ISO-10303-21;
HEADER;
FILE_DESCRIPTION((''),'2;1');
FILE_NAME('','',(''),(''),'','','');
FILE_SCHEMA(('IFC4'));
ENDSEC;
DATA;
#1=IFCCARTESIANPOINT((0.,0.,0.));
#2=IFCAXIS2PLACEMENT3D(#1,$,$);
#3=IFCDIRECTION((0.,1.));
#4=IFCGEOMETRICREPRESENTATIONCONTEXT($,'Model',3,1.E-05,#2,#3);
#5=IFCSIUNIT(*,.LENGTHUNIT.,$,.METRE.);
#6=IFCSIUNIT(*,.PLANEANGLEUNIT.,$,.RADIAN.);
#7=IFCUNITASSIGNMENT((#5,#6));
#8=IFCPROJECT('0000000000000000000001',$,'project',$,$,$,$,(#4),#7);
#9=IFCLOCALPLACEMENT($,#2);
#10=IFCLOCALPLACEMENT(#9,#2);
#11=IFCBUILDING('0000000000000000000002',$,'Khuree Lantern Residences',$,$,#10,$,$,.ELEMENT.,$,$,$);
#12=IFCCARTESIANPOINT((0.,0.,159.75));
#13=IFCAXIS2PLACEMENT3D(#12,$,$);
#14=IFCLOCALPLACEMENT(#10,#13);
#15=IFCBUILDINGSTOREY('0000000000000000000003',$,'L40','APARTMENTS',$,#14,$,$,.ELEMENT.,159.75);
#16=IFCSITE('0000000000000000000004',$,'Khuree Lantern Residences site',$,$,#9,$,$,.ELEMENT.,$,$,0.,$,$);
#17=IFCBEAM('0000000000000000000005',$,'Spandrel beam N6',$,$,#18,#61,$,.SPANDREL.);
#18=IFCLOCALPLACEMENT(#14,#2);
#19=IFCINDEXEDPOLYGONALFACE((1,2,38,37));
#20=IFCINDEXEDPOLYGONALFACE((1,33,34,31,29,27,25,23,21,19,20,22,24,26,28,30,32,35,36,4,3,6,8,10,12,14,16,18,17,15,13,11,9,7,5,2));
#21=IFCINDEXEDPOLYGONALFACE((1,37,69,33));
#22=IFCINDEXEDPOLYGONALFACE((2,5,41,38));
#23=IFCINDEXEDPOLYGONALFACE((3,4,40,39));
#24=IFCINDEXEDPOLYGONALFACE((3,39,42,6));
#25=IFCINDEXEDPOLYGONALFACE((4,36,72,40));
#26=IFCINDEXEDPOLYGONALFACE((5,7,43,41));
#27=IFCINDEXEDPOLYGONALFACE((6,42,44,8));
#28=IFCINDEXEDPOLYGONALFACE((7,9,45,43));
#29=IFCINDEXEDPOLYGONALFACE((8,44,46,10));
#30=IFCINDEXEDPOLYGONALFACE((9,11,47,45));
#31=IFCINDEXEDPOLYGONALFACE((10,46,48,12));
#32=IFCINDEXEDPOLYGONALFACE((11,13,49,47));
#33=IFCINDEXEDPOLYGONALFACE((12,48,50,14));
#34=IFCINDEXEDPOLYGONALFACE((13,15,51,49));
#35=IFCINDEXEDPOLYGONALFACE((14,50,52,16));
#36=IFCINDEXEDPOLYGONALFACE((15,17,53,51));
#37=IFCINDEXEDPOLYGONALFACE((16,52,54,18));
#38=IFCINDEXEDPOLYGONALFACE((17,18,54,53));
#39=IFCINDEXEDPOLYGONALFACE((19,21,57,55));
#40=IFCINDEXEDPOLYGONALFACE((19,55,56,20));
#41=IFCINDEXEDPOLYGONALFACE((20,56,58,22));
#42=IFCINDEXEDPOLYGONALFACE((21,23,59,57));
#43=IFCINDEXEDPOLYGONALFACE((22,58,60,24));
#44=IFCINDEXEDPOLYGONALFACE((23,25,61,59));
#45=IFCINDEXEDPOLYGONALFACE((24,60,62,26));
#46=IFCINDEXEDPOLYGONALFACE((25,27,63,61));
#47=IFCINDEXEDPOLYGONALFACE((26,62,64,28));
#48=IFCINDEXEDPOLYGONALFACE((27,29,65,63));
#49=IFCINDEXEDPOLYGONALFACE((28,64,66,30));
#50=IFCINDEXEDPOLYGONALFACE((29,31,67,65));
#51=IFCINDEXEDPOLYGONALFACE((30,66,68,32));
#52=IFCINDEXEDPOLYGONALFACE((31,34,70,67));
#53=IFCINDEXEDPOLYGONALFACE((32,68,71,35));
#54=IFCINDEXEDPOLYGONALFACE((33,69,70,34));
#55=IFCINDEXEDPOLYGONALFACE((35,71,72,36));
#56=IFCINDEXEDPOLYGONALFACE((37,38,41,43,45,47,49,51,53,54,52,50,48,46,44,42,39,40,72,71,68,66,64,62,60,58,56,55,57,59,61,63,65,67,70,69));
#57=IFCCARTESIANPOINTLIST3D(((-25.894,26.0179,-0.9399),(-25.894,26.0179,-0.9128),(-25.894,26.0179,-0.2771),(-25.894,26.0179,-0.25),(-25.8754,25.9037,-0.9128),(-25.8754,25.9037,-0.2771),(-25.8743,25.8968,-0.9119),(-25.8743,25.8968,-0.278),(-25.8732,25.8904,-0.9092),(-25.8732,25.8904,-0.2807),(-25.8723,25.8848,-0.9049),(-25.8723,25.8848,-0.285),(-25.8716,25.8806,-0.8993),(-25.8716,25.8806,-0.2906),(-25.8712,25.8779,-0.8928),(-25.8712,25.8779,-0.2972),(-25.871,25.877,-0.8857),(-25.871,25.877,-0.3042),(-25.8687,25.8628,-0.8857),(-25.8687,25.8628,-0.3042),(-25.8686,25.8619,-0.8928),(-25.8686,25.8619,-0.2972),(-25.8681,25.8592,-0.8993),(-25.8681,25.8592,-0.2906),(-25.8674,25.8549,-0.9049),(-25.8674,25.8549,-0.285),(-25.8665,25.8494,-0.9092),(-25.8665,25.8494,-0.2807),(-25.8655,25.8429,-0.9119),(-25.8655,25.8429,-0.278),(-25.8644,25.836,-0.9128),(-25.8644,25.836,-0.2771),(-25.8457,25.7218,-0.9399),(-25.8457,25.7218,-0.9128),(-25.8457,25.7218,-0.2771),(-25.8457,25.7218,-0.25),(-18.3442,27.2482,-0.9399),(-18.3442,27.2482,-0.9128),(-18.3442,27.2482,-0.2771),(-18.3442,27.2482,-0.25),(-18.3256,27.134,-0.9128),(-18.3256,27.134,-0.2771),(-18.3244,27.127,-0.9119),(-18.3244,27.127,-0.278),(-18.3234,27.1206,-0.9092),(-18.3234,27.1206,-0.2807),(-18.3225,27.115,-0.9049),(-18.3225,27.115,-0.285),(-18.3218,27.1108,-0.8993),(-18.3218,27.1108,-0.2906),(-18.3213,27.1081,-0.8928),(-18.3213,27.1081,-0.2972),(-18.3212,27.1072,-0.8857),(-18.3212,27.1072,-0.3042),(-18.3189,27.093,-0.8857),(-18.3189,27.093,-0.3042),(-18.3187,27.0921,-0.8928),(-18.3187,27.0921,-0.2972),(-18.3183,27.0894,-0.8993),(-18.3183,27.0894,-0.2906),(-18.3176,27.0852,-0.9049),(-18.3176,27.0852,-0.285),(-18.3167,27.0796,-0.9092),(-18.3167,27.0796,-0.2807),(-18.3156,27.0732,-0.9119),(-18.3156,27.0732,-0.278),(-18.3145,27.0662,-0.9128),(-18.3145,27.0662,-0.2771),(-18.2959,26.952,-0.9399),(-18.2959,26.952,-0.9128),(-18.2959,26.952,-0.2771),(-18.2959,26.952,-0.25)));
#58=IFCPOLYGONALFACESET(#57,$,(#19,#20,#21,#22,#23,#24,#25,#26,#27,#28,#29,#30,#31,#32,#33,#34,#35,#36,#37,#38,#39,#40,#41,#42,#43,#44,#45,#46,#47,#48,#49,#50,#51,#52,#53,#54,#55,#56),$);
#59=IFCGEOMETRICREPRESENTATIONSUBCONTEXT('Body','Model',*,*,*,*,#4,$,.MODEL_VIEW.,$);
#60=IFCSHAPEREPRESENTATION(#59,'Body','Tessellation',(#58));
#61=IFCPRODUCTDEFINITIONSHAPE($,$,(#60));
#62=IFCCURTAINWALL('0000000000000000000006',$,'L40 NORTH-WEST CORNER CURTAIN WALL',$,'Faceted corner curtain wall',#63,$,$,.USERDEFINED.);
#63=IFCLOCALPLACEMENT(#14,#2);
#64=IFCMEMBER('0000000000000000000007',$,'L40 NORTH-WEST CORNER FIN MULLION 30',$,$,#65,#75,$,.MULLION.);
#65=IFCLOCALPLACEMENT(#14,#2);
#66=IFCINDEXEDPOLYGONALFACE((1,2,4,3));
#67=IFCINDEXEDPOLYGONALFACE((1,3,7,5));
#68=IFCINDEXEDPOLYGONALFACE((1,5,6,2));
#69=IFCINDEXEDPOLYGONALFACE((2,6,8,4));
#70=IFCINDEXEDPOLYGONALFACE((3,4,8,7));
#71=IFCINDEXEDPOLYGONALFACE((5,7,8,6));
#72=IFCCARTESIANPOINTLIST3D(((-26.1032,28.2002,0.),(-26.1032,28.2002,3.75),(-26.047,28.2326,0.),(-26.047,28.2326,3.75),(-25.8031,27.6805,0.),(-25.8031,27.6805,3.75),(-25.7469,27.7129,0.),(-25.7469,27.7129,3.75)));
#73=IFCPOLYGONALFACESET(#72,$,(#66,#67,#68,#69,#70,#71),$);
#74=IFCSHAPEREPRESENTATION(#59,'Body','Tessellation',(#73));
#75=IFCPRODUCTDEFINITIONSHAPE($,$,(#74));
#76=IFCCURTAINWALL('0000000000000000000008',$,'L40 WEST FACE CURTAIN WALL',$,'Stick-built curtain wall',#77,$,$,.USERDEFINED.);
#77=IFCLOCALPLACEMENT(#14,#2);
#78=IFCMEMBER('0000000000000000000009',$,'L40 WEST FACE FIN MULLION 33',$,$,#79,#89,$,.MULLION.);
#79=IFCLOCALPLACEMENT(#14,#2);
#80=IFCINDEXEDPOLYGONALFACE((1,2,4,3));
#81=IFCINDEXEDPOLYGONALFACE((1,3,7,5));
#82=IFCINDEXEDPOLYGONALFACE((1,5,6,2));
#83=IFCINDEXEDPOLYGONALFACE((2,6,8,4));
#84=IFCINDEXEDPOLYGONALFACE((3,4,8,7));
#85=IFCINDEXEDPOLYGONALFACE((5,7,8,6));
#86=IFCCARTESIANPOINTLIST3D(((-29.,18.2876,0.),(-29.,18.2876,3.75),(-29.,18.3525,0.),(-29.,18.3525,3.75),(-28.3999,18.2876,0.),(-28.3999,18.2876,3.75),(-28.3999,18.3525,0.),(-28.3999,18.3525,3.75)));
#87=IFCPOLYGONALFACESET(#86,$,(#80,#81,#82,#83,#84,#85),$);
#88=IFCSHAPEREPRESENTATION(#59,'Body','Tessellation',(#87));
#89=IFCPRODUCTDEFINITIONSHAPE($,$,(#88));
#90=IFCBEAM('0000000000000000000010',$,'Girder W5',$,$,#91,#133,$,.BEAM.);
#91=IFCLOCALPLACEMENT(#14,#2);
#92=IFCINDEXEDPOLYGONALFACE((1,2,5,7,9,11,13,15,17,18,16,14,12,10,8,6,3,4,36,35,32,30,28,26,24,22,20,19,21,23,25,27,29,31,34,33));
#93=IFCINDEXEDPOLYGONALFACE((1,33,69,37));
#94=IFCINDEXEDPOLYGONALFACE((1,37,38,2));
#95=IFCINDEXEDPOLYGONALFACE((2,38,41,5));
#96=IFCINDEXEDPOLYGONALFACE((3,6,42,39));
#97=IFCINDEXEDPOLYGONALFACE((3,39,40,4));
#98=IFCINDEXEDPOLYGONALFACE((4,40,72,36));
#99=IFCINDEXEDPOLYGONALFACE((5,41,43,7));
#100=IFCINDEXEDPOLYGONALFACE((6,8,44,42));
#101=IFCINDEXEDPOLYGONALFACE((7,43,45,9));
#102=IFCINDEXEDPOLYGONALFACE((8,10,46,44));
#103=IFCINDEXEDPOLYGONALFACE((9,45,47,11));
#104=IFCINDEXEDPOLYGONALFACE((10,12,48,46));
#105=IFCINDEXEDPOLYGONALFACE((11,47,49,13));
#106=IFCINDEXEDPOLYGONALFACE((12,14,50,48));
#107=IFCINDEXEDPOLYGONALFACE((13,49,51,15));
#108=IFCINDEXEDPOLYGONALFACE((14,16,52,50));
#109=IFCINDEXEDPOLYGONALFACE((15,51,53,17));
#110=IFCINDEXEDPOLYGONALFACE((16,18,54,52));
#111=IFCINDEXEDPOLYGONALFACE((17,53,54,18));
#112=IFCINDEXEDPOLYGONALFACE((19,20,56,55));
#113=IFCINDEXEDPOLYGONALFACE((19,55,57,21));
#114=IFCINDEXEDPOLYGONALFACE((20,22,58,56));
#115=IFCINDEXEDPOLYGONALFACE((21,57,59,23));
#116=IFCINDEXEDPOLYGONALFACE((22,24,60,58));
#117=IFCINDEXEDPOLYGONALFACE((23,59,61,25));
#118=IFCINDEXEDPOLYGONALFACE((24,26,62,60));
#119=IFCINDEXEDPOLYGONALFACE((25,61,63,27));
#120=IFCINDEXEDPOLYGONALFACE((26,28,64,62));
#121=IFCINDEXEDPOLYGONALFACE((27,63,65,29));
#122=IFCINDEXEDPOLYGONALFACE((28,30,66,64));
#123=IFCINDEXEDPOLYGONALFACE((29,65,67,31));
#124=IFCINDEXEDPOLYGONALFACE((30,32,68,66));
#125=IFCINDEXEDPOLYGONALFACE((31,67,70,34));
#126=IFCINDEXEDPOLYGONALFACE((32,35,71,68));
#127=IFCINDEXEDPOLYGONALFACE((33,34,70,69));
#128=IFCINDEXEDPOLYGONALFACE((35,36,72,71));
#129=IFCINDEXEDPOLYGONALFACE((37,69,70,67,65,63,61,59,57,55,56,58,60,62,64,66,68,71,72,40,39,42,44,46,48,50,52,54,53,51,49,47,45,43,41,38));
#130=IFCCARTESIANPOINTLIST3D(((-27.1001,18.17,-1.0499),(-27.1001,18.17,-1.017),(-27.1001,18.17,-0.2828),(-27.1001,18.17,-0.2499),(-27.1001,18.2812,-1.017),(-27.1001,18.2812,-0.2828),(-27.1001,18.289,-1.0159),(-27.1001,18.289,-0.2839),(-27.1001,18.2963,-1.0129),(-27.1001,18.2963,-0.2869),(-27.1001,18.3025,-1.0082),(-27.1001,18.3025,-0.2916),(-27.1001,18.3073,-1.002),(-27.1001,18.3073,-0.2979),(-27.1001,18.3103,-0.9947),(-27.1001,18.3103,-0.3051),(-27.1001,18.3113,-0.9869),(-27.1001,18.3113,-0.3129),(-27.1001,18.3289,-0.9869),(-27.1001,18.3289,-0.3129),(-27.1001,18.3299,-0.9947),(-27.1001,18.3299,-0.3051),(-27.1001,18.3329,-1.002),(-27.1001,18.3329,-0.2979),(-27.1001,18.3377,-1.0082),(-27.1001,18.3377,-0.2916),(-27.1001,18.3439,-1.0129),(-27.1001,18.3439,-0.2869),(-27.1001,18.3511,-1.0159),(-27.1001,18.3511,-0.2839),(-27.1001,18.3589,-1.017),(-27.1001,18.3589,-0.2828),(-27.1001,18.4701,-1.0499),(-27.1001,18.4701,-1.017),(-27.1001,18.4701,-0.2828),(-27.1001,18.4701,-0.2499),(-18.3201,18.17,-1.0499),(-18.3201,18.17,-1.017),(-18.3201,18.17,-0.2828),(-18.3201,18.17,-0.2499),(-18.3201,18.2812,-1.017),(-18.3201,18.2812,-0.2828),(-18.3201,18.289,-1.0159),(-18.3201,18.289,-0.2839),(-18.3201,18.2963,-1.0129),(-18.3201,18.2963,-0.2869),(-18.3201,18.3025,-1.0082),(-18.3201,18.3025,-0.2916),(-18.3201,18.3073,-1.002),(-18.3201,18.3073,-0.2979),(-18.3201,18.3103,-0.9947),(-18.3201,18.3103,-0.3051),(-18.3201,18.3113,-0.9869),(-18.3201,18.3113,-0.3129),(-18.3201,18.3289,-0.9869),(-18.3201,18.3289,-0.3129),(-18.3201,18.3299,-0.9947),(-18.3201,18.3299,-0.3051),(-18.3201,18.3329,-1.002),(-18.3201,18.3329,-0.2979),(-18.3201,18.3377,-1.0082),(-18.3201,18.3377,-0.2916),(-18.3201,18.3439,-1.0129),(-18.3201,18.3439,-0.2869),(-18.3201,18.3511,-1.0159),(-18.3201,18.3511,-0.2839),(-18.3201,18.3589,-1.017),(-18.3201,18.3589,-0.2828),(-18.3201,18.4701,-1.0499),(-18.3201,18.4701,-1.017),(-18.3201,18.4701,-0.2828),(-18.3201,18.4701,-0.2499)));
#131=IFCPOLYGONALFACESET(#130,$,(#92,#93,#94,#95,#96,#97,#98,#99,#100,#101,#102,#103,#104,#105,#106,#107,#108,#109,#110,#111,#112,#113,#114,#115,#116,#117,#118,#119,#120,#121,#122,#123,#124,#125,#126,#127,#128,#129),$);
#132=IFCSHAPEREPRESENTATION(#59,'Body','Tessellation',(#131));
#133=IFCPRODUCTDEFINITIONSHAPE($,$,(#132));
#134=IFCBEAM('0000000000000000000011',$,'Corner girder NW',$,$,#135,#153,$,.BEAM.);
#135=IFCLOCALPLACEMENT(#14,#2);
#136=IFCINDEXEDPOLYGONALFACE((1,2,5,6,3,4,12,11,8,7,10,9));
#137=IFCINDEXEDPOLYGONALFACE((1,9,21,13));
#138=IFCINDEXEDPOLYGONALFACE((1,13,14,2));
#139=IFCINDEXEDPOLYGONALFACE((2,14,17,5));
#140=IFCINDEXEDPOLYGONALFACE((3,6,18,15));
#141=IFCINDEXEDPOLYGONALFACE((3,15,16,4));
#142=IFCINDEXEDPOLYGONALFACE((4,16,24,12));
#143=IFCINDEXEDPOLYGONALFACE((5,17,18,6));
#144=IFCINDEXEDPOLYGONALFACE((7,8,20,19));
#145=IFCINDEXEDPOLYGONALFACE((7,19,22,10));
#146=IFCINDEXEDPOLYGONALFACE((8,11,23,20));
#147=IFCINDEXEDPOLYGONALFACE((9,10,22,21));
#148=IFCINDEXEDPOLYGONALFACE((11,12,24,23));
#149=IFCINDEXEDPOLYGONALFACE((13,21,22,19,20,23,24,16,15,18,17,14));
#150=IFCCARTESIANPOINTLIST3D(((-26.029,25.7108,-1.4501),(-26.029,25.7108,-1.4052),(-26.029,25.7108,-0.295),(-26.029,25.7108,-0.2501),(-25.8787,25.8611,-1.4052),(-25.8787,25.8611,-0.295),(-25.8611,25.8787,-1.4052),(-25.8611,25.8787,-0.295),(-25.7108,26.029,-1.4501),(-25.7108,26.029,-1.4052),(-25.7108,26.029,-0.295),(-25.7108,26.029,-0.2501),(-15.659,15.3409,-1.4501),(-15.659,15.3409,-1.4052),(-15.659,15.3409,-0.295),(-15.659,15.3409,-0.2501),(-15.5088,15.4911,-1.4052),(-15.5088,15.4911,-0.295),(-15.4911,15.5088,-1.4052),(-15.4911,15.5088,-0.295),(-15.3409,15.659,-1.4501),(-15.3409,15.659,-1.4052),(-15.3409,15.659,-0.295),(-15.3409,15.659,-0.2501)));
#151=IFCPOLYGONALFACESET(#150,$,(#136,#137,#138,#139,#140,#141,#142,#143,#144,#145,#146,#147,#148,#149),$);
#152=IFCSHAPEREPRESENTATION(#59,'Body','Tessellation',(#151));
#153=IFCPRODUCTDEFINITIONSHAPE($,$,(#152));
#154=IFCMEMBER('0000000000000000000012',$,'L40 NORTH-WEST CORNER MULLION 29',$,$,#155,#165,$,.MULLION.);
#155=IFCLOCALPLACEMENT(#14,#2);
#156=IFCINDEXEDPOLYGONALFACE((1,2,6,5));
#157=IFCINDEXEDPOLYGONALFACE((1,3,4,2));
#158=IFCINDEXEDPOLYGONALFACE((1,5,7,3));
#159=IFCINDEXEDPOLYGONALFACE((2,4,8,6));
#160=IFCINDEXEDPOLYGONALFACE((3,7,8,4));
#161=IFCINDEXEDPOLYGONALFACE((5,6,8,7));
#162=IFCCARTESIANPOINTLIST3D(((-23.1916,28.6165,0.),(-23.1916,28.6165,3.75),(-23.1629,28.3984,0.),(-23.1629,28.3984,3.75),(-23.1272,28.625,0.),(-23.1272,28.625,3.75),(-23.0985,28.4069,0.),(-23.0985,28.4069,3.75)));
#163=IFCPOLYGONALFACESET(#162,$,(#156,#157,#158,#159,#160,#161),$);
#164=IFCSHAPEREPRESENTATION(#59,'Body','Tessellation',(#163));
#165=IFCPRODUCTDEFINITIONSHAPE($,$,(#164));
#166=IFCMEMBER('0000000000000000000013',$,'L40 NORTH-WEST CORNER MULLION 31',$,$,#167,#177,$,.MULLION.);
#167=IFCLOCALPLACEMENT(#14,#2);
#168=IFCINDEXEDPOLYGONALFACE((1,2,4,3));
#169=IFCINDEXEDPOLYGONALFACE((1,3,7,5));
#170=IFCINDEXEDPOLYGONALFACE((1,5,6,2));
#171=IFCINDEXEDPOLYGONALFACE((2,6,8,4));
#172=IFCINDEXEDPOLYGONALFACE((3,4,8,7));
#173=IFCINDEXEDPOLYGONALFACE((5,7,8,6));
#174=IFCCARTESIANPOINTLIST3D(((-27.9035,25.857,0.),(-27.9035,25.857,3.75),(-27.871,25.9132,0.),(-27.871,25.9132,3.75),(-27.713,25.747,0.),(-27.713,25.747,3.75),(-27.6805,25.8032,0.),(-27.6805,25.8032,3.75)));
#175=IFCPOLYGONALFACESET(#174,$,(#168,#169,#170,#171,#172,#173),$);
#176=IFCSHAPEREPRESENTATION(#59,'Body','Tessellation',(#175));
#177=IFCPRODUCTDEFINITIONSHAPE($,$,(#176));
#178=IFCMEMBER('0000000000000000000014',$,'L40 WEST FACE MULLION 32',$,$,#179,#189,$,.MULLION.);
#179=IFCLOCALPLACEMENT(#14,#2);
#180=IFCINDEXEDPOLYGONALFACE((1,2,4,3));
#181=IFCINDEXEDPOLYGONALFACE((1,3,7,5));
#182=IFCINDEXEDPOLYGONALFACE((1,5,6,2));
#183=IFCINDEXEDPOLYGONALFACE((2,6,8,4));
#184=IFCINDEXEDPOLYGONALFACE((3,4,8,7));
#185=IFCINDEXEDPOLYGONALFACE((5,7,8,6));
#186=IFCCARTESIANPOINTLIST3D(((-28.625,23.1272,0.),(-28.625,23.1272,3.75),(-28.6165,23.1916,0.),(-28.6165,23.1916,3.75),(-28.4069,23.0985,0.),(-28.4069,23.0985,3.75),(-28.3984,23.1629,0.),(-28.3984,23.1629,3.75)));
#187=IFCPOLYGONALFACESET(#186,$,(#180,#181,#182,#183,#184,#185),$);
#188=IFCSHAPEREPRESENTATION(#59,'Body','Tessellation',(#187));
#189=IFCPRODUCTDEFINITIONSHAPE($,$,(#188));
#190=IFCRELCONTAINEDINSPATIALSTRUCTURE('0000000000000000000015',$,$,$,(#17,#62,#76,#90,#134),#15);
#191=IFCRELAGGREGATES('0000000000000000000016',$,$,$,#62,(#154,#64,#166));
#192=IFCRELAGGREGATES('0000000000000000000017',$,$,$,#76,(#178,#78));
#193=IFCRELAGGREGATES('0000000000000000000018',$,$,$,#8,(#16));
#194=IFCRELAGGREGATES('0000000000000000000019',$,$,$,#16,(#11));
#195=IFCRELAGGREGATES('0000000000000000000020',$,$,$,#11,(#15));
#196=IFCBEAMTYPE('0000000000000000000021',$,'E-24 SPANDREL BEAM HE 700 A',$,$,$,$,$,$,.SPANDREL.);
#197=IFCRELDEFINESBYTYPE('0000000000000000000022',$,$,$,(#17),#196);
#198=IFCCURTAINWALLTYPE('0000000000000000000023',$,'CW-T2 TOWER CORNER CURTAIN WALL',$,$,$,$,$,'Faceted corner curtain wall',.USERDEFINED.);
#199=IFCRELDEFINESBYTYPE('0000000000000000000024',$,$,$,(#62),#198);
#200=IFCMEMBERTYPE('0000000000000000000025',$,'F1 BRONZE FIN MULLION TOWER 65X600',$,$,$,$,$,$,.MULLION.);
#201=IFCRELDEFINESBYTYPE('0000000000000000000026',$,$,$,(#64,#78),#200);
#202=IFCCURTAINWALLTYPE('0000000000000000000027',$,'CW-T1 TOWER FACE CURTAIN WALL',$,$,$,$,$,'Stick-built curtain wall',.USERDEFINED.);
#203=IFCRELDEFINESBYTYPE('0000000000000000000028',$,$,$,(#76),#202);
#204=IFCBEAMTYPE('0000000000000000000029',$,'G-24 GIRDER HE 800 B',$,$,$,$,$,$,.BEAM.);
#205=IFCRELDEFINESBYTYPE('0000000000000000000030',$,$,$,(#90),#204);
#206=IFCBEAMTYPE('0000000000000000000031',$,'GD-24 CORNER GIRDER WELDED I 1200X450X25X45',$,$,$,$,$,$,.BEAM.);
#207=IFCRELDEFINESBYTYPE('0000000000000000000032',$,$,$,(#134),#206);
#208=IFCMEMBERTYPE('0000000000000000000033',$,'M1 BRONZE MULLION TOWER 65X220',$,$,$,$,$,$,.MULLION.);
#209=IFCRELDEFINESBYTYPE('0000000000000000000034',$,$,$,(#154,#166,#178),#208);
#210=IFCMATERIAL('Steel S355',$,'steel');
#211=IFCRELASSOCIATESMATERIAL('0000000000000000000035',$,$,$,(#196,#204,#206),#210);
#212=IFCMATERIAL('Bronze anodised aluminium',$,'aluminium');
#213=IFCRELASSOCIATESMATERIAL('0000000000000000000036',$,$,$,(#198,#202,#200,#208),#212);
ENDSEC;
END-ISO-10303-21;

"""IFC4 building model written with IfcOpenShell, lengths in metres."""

from ifc_helpers import new_model, si_unit, direction, frame, origin, origin_2d, place, context, subcontext, project, spatial, rectangle, i_section, extrude, material, material_profile, profile_set, type_object, element, aggregate, save


model = new_model("IFC4")

# Units and contexts
model_context = context("Model", 3, precision=1e-05, world=origin(), true_north=direction((0.0, 1.0)))
body_context = subcontext(model_context, "Body", "Model", "MODEL_VIEW")
ifc_project = project(units=[si_unit("LENGTHUNIT", "METRE"), si_unit("PLANEANGLEUNIT", "RADIAN")], contexts=[model_context])

# Site, building, storey
site_placement = place(None, origin())
site = spatial("IfcSite", under=ifc_project, at=site_placement, Name="Khuree Lantern Residences site", CompositionType="ELEMENT", RefElevation=0.0)
building_placement = place(site_placement, origin())
building = spatial("IfcBuilding", under=site, at=building_placement, Name="Khuree Lantern Residences", CompositionType="ELEMENT")
storey_placement = place(building_placement, frame((0.0, 0.0, 159.75)))
storey = spatial("IfcBuildingStorey", under=building, at=storey_placement, Name="L40", Description="APARTMENTS", CompositionType="ELEMENT", Elevation=159.75)

# Beam
ifc_material_1 = material(Name="Steel S355", Category="steel")
ifc_material_profile_1 = material_profile(ifc_material_1, i_section(OverallWidth=0.3, OverallDepth=0.6899, WebThickness=0.0144, FlangeThickness=0.0271, FilletRadius=0.0271, at=origin_2d()), Name="HE 700 A")
ifc_profile_set_1 = profile_set([ifc_material_profile_1], Name="Steel S355")
beam_type_1 = type_object("IfcBeamType", Name="E-24 SPANDREL BEAM HE 700 A", PredefinedType="SPANDREL", material=ifc_profile_set_1)
for number, where, z_axis, x_axis, name in (
    (1, (-25.8699, 25.8699, -0.595), (0.986983, 0.160827, 0.0), (-0.160827, 0.986983, 0.0), "Spandrel beam N6"),
):
    element("IfcBeam", number, at=place(storey_placement, frame(where, z_axis=z_axis, x_axis=x_axis)), inside=storey, type_object=beam_type_1, Name=name, PredefinedType="SPANDREL", context=body_context, shape_type="SweptSolid", body=[
        extrude(i_section(OverallWidth=0.3, OverallDepth=0.6899, WebThickness=0.0144, FlangeThickness=0.0271, FilletRadius=0.0271, at=origin_2d()), origin(), (0.0, 0.0, 1.0), 7.6494),
    ])

# Curtain walls, members
ifc_material_2 = material(Name="Bronze anodised aluminium", Category="aluminium")
curtain_wall_type_1 = type_object("IfcCurtainWallType", Name="CW-T2 TOWER CORNER CURTAIN WALL", ElementType="Faceted corner curtain wall", PredefinedType="USERDEFINED", material=ifc_material_2)
curtain_wall_1_placement = place(storey_placement, origin())
curtain_wall_1 = element("IfcCurtainWall", 2, at=curtain_wall_1_placement, inside=storey, type_object=curtain_wall_type_1, Name="L40 NORTH-WEST CORNER CURTAIN WALL", ObjectType="Faceted corner curtain wall", PredefinedType="USERDEFINED")
ifc_material_profile_2 = material_profile(ifc_material_2, rectangle(XDim=0.0649, YDim=0.6001, at=origin_2d()), Name="F1 65X600")
ifc_profile_set_2 = profile_set([ifc_material_profile_2], Name="Bronze anodised aluminium")
member_type_1 = type_object("IfcMemberType", Name="F1 BRONZE FIN MULLION TOWER 65X600", PredefinedType="MULLION", material=ifc_profile_set_2)
member_1_placement = place(storey_placement, frame((-25.925, 27.9565, 0.0), z_axis=(0.0, 0.0, 1.0), x_axis=(-0.866025, -0.5, 0.0)))
member_1 = element("IfcMember", 3, at=member_1_placement, type_object=member_type_1, Name="L40 NORTH-WEST CORNER FIN MULLION 30", PredefinedType="MULLION", context=body_context, shape_type="SweptSolid", body=[
    extrude(rectangle(XDim=0.0649, YDim=0.6001, at=origin_2d()), origin(), (0.0, 0.0, 1.0), 3.75),
])
curtain_wall_type_2 = type_object("IfcCurtainWallType", Name="CW-T1 TOWER FACE CURTAIN WALL", ElementType="Stick-built curtain wall", PredefinedType="USERDEFINED", material=ifc_material_2)
curtain_wall_2_placement = place(storey_placement, origin())
curtain_wall_2 = element("IfcCurtainWall", 4, at=curtain_wall_2_placement, inside=storey, type_object=curtain_wall_type_2, Name="L40 WEST FACE CURTAIN WALL", ObjectType="Stick-built curtain wall", PredefinedType="USERDEFINED")
member_2_placement = place(storey_placement, frame((-28.7, 18.3201, 0.0), z_axis=(0.0, 0.0, 1.0), x_axis=(0.0, -1.0, 0.0)))
member_2 = element("IfcMember", 5, at=member_2_placement, type_object=member_type_1, Name="L40 WEST FACE FIN MULLION 33", PredefinedType="MULLION", context=body_context, shape_type="SweptSolid", body=[
    extrude(rectangle(XDim=0.0649, YDim=0.6001, at=origin_2d()), origin(), (0.0, 0.0, 1.0), 3.75),
])

# Beams
ifc_material_profile_3 = material_profile(ifc_material_1, i_section(OverallWidth=0.3, OverallDepth=0.8, WebThickness=0.0176, FlangeThickness=0.033, FilletRadius=0.03, at=origin_2d()), Name="HE 800 B")
ifc_profile_set_3 = profile_set([ifc_material_profile_3], Name="Steel S355")
beam_type_2 = type_object("IfcBeamType", Name="G-24 GIRDER HE 800 B", PredefinedType="BEAM", material=ifc_profile_set_3)
beam_1_placement = place(storey_placement, frame((-27.1001, 18.3201, -0.6499), z_axis=(1.0, 0.0, 0.0), x_axis=(0.0, 1.0, 0.0)))
element("IfcBeam", 6, at=beam_1_placement, inside=storey, type_object=beam_type_2, Name="Girder W5", PredefinedType="BEAM", context=body_context, shape_type="SweptSolid", body=[
    extrude(i_section(OverallWidth=0.3, OverallDepth=0.8, WebThickness=0.0176, FlangeThickness=0.033, FilletRadius=0.03, at=origin_2d()), origin(), (0.0, 0.0, 1.0), 8.78),
])
ifc_material_profile_4 = material_profile(ifc_material_1, i_section(OverallWidth=0.45, OverallDepth=1.2, WebThickness=0.0249, FlangeThickness=0.0449, at=origin_2d()), Name="WELDED I 1200X450X25X45")
ifc_profile_set_4 = profile_set([ifc_material_profile_4], Name="Steel S355")
beam_type_3 = type_object("IfcBeamType", Name="GD-24 CORNER GIRDER WELDED I 1200X450X25X45", PredefinedType="BEAM", material=ifc_profile_set_4)
beam_2_placement = place(storey_placement, frame((-25.8699, 25.8699, -0.8501), z_axis=(0.707107, -0.707107, 0.0), x_axis=(0.707107, 0.707107, 0.0)))
element("IfcBeam", 7, at=beam_2_placement, inside=storey, type_object=beam_type_3, Name="Corner girder NW", PredefinedType="BEAM", context=body_context, shape_type="SweptSolid", body=[
    extrude(i_section(OverallWidth=0.45, OverallDepth=1.2, WebThickness=0.0249, FlangeThickness=0.0449, at=origin_2d()), origin(), (0.0, 0.0, 1.0), 14.6653),
])

# Members
ifc_material_profile_5 = material_profile(ifc_material_2, rectangle(XDim=0.0649, YDim=0.22, at=origin_2d()), Name="M1 65X220")
ifc_profile_set_5 = profile_set([ifc_material_profile_5], Name="Bronze anodised aluminium")
member_type_2 = type_object("IfcMemberType", Name="M1 BRONZE MULLION TOWER 65X220", PredefinedType="MULLION", material=ifc_profile_set_5)
member_3_placement = place(storey_placement, frame((-23.145, 28.5117, 0.0), z_axis=(0.0, 0.0, 1.0), x_axis=(-0.991445, -0.130526, 0.0)))
member_3 = element("IfcMember", 8, at=member_3_placement, type_object=member_type_2, Name="L40 NORTH-WEST CORNER MULLION 29", PredefinedType="MULLION", context=body_context, shape_type="SweptSolid", body=[
    extrude(rectangle(XDim=0.0649, YDim=0.22, at=origin_2d()), origin(), (0.0, 0.0, 1.0), 3.75),
])
member_4_placement = place(storey_placement, frame((-27.792, 25.8301, 0.0), z_axis=(0.0, 0.0, 1.0), x_axis=(-0.5, -0.866025, 0.0)))
member_4 = element("IfcMember", 9, at=member_4_placement, type_object=member_type_2, Name="L40 NORTH-WEST CORNER MULLION 31", PredefinedType="MULLION", context=body_context, shape_type="SweptSolid", body=[
    extrude(rectangle(XDim=0.0649, YDim=0.22, at=origin_2d()), origin(), (0.0, 0.0, 1.0), 3.75),
])
member_5_placement = place(storey_placement, frame((-28.5117, 23.145, 0.0), z_axis=(0.0, 0.0, 1.0), x_axis=(-0.130526, -0.991445, 0.0)))
member_5 = element("IfcMember", 10, at=member_5_placement, type_object=member_type_2, Name="L40 WEST FACE MULLION 32", PredefinedType="MULLION", context=body_context, shape_type="SweptSolid", body=[
    extrude(rectangle(XDim=0.0649, YDim=0.22, at=origin_2d()), origin(), (0.0, 0.0, 1.0), 3.75),
])

aggregate(curtain_wall_1, [member_3, member_1, member_4])
aggregate(curtain_wall_2, [member_5, member_2])

save(model, "model.ifc")
